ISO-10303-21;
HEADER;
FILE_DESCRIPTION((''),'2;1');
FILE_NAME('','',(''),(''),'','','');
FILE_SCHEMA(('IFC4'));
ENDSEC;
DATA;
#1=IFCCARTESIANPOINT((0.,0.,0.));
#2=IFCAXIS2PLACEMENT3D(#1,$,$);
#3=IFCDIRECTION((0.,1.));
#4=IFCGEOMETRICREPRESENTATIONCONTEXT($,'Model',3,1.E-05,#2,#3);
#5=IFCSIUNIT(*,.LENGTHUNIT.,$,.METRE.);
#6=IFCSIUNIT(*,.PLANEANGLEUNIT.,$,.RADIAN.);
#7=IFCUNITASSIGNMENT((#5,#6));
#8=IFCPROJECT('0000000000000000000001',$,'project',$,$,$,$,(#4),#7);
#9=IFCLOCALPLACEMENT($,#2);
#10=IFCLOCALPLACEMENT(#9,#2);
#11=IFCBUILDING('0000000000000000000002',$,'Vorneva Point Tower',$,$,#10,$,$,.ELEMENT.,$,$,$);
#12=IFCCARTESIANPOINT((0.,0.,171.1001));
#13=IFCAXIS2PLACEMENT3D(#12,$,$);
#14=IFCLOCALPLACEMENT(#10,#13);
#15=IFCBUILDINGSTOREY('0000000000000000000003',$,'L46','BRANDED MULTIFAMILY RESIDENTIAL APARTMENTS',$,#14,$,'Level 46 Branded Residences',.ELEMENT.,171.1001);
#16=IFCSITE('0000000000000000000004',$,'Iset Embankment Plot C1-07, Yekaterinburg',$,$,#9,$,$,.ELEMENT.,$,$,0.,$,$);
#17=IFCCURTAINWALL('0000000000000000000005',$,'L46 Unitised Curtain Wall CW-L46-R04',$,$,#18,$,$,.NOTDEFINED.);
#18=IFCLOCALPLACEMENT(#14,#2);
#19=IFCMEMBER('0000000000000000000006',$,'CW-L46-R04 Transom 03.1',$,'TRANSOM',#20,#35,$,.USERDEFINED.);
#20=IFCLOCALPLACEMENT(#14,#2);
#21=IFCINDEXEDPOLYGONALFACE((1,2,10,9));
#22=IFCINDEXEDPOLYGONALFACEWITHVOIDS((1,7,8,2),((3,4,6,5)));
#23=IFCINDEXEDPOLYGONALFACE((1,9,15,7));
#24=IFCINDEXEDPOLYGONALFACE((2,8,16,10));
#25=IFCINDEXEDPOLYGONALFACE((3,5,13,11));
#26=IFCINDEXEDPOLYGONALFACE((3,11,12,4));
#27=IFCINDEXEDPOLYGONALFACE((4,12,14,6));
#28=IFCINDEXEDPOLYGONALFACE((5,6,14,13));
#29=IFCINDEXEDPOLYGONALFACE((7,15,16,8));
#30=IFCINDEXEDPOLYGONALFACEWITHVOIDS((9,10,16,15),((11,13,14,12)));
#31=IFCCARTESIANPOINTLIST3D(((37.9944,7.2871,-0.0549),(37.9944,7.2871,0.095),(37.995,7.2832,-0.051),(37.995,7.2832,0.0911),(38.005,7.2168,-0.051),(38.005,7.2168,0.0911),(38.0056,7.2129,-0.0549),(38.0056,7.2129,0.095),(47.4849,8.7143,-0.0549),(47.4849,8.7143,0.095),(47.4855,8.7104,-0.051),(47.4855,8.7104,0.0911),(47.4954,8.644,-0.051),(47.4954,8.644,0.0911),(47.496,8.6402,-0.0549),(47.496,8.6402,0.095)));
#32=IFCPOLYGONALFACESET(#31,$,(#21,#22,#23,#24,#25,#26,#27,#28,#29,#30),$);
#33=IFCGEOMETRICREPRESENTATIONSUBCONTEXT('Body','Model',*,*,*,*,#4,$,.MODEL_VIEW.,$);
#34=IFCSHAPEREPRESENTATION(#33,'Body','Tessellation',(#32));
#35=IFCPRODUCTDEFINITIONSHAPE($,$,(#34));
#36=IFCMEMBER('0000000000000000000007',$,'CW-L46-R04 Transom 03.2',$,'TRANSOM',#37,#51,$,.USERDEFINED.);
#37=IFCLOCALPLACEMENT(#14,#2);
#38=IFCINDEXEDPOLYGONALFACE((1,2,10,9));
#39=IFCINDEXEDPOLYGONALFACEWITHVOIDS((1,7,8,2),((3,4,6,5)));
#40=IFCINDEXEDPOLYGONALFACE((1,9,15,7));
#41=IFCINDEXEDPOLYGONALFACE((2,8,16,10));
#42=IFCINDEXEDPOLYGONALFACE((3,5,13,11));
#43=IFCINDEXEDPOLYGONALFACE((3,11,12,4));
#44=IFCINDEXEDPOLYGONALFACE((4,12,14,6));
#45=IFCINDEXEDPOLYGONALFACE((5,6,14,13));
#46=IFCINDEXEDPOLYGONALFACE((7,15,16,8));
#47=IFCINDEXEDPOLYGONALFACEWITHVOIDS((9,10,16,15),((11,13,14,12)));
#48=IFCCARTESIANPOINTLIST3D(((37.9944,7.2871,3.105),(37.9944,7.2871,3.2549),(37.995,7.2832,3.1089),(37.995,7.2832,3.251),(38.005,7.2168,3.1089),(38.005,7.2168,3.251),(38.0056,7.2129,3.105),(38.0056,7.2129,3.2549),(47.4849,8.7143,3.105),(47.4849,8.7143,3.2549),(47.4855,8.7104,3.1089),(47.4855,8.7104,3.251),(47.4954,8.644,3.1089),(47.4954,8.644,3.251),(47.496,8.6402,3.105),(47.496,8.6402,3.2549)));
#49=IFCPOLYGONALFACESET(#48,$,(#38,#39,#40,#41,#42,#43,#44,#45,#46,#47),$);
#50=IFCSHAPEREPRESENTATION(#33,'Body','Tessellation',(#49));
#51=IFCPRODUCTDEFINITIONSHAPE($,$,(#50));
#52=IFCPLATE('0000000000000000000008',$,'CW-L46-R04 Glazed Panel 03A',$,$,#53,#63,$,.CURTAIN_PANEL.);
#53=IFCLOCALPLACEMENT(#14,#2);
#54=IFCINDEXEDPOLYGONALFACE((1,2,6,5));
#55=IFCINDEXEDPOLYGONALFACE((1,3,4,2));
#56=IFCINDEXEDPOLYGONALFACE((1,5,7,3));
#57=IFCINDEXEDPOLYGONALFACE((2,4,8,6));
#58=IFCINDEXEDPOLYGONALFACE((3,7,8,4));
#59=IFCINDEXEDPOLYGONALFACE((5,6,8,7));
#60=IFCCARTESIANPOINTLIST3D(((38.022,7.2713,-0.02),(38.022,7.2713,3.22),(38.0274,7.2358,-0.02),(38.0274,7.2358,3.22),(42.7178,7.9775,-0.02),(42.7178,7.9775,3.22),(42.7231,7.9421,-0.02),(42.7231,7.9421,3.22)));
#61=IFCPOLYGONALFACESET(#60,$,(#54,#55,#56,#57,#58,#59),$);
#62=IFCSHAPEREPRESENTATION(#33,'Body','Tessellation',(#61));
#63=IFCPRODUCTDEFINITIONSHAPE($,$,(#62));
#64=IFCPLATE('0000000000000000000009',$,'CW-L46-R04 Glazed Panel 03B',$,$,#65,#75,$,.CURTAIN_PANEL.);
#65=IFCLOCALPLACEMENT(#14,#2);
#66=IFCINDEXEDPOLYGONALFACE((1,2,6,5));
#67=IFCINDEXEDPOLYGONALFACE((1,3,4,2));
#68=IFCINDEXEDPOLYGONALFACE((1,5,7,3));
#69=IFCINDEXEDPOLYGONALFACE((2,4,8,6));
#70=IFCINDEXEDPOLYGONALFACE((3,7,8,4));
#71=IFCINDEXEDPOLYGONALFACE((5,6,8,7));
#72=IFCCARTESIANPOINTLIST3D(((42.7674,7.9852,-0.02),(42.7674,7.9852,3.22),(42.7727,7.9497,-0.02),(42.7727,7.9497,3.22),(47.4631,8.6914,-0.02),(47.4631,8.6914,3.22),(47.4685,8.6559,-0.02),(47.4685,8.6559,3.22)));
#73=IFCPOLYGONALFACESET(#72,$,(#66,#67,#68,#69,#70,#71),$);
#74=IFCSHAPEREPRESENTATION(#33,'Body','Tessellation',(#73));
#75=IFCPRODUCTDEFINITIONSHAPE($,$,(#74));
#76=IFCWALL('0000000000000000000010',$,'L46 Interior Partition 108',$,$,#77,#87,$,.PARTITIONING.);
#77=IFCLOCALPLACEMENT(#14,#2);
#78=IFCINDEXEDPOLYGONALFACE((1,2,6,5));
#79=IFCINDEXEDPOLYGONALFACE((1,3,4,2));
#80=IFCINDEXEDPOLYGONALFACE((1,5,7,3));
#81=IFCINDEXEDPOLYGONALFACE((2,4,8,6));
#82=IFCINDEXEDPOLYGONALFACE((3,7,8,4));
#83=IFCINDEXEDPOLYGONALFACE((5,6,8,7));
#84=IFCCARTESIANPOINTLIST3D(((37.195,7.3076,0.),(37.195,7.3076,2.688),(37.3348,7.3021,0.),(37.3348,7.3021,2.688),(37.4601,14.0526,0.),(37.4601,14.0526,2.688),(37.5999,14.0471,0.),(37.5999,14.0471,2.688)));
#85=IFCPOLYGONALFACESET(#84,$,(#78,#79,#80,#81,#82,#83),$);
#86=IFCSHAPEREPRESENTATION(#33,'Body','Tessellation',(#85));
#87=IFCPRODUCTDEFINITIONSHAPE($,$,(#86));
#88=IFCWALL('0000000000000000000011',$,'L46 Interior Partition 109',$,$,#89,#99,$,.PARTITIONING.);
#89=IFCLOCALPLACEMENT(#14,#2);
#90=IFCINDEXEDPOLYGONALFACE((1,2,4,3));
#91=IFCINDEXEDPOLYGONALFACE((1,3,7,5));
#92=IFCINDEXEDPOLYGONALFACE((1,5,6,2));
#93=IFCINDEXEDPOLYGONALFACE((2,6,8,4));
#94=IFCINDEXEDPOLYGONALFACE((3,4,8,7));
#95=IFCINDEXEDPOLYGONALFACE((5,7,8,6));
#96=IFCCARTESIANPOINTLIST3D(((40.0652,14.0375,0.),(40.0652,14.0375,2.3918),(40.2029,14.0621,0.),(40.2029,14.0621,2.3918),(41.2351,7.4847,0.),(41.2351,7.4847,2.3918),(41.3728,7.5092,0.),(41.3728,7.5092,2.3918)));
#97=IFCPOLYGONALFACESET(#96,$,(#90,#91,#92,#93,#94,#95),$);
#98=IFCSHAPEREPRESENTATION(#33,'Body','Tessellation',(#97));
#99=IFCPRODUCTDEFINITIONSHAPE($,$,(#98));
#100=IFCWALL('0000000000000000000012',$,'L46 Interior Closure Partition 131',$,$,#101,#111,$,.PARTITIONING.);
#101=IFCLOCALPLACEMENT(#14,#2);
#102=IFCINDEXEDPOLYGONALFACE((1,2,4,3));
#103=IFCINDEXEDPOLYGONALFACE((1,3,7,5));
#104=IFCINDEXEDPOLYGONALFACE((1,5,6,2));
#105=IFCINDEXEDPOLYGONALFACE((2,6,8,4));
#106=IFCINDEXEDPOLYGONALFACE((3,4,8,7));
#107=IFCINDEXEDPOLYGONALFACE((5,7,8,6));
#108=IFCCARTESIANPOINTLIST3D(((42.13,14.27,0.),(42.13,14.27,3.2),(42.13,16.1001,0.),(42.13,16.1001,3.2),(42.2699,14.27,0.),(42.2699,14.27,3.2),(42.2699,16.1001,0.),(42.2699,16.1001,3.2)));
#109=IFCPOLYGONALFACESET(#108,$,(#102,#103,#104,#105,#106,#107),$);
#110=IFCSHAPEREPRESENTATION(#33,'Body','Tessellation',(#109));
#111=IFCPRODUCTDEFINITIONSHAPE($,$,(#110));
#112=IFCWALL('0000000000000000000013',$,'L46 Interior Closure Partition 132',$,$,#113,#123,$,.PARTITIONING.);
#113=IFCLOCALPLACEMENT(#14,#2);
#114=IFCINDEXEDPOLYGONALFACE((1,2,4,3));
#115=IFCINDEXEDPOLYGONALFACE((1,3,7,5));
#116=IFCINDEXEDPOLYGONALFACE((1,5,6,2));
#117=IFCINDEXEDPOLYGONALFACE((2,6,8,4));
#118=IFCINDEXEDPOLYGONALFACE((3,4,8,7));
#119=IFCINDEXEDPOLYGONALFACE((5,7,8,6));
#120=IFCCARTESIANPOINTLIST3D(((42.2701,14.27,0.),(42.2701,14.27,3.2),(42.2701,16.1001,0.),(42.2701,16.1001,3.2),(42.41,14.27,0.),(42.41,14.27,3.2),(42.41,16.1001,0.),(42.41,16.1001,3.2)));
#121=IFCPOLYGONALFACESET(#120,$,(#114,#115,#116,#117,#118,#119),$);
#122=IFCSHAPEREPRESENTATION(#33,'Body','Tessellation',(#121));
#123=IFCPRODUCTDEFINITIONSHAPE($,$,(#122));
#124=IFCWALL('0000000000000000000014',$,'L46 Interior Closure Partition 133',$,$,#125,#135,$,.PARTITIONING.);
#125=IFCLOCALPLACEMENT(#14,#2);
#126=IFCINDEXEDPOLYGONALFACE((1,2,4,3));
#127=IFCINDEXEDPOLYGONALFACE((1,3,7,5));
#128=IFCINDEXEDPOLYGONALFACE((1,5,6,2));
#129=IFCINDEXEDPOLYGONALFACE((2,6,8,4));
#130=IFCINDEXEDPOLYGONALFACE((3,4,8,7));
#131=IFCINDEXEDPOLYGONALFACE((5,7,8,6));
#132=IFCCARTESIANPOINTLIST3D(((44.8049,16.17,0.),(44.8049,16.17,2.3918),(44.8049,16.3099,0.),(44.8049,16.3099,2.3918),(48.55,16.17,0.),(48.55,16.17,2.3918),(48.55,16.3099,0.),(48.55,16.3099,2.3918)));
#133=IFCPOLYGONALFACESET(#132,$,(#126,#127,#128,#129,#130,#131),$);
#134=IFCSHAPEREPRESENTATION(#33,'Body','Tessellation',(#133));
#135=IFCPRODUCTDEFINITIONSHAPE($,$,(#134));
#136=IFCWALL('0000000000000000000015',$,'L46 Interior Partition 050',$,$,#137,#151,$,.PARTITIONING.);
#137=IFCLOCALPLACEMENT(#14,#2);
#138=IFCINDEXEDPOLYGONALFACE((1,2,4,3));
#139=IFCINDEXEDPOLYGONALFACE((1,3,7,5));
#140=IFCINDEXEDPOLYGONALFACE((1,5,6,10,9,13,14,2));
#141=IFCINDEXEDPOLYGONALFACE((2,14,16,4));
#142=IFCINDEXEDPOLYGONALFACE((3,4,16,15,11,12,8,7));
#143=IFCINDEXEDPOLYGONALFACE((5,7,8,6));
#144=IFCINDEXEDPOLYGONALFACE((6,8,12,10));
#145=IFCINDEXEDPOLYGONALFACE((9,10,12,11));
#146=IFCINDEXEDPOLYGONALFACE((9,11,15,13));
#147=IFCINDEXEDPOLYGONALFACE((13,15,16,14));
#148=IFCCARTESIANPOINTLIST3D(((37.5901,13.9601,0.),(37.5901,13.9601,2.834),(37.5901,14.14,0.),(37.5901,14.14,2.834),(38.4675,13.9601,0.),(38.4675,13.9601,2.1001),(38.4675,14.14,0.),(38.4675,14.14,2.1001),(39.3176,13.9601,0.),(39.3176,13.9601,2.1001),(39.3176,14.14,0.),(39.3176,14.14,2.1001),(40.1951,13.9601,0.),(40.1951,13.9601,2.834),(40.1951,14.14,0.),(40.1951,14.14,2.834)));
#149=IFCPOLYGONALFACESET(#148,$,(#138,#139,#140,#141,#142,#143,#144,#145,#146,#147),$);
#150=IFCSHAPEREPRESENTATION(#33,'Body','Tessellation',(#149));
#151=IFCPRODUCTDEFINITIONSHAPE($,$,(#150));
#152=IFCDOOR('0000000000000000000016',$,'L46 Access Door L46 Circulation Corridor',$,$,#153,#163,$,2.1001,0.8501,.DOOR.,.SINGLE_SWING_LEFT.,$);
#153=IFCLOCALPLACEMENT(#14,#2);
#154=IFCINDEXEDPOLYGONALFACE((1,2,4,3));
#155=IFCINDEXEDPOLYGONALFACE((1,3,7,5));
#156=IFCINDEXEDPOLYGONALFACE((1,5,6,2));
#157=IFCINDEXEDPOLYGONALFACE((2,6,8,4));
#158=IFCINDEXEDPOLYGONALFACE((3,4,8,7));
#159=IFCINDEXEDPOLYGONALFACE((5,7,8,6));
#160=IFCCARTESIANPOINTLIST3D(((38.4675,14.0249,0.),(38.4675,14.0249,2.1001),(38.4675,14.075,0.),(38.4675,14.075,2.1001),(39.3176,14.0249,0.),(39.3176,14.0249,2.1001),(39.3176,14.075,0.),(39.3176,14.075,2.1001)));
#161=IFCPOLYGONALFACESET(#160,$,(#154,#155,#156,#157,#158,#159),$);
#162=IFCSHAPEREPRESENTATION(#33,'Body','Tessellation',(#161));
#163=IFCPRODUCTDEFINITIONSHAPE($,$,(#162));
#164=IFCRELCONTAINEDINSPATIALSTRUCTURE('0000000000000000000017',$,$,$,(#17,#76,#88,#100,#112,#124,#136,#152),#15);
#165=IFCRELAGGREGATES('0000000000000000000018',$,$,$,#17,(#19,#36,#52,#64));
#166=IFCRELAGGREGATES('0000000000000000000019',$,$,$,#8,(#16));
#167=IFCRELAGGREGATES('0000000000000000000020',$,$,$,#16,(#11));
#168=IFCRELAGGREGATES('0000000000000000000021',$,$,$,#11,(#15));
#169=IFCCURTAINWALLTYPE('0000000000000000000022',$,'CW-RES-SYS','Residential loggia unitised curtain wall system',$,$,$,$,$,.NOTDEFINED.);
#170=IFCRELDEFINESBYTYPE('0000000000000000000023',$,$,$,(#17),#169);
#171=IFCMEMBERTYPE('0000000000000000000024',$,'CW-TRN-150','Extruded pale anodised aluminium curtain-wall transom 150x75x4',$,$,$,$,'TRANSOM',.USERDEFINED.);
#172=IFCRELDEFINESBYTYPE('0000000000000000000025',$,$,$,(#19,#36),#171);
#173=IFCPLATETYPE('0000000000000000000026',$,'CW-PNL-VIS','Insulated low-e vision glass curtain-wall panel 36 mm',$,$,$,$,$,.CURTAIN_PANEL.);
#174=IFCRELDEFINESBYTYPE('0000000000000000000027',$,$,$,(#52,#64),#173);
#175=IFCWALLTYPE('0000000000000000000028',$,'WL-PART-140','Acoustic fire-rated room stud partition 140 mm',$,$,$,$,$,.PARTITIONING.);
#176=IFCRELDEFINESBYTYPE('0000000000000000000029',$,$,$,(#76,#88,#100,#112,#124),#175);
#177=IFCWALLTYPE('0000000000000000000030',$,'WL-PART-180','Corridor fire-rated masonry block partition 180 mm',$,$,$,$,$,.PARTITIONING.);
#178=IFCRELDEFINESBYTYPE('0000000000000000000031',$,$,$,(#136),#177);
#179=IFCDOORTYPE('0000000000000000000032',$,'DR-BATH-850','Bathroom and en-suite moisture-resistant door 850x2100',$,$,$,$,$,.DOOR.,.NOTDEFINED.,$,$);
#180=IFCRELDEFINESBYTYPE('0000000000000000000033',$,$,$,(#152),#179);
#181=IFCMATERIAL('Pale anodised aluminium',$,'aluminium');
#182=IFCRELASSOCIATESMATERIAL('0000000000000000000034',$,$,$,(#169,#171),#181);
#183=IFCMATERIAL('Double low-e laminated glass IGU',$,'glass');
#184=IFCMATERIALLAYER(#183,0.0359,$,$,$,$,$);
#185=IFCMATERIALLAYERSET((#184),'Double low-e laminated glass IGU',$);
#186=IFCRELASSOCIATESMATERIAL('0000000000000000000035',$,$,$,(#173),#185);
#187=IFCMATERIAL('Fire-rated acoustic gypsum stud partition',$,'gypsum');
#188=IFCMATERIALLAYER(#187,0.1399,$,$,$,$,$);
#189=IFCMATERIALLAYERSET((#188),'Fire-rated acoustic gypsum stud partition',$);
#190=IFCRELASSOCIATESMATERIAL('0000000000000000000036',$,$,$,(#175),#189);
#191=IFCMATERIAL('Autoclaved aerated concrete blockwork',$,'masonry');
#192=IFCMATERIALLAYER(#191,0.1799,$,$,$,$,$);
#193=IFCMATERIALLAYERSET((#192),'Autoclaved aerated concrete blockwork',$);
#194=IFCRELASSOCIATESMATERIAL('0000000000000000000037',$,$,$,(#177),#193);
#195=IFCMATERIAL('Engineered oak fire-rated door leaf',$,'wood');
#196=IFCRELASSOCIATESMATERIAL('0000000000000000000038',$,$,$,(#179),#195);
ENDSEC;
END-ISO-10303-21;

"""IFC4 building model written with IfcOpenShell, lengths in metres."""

from ifc_helpers import new_model, si_unit, direction, frame, frame_2d, origin, origin_2d, place, context, subcontext, project, spatial, rectangle, hollow_rectangle, extrude, material, layer, layer_set, material_profile, profile_set, type_object, element, fill, aggregate, save


model = new_model("IFC4")

# Units and contexts
model_context = context("Model", 3, precision=1e-05, world=origin(), true_north=direction((0.0, 1.0)))
body_context = subcontext(model_context, "Body", "Model", "MODEL_VIEW")
ifc_project = project(units=[si_unit("LENGTHUNIT", "METRE"), si_unit("PLANEANGLEUNIT", "RADIAN")], contexts=[model_context])

# Site, building, storey
site_placement = place(None, origin())
site = spatial("IfcSite", under=ifc_project, at=site_placement, Name="Iset Embankment Plot C1-07, Yekaterinburg", CompositionType="ELEMENT", RefElevation=0.0)
building_placement = place(site_placement, origin())
building = spatial("IfcBuilding", under=site, at=building_placement, Name="Vorneva Point Tower", CompositionType="ELEMENT")
storey_placement = place(building_placement, frame((0.0, 0.0, 171.1001)))
storey = spatial("IfcBuildingStorey", under=building, at=storey_placement, Name="L46", Description="BRANDED MULTIFAMILY RESIDENTIAL APARTMENTS", LongName="Level 46 Branded Residences", CompositionType="ELEMENT", Elevation=171.1001)

# Curtain wall, members, plates
ifc_material_1 = material(Name="Pale anodised aluminium", Category="aluminium")
curtain_wall_type = type_object("IfcCurtainWallType", Name="CW-RES-SYS", Description="Residential loggia unitised curtain wall system", PredefinedType="NOTDEFINED", material=ifc_material_1)
curtain_wall_placement = place(storey_placement, origin())
curtain_wall = element("IfcCurtainWall", 1, at=curtain_wall_placement, inside=storey, type_object=curtain_wall_type, Name="L46 Unitised Curtain Wall CW-L46-R04", PredefinedType="NOTDEFINED")
ifc_material_profile_1 = material_profile(ifc_material_1, hollow_rectangle(XDim=0.075, YDim=0.1499, WallThickness=0.0039, at=origin_2d()), Name="AL-TRN 150x75x4")
ifc_profile_set_1 = profile_set([ifc_material_profile_1], Name="Pale anodised aluminium")
member_type_1 = type_object("IfcMemberType", Name="CW-TRN-150", Description="Extruded pale anodised aluminium curtain-wall transom 150x75x4", ElementType="TRANSOM", PredefinedType="USERDEFINED", material=ifc_profile_set_1)
member_1_placement = place(storey_placement, frame((38.0, 7.25, 0.02), z_axis=(0.98888, 0.148715, 0.0), x_axis=(-0.148715, 0.98888, 0.0)))
member_1 = element("IfcMember", 2, at=member_1_placement, type_object=member_type_1, Name="CW-L46-R04 Transom 03.1", ObjectType="TRANSOM", PredefinedType="USERDEFINED", context=body_context, shape_type="SweptSolid", body=[
    extrude(hollow_rectangle(XDim=0.075, YDim=0.1499, WallThickness=0.0039, at=origin_2d()), origin(), (0.0, 0.0, 1.0), 9.5972),
])
member_2_placement = place(storey_placement, frame((38.0, 7.25, 3.1799), z_axis=(0.98888, 0.148715, 0.0), x_axis=(-0.148715, 0.98888, 0.0)))
member_2 = element("IfcMember", 3, at=member_2_placement, type_object=member_type_1, Name="CW-L46-R04 Transom 03.2", ObjectType="TRANSOM", PredefinedType="USERDEFINED", context=body_context, shape_type="SweptSolid", body=[
    extrude(hollow_rectangle(XDim=0.075, YDim=0.1499, WallThickness=0.0039, at=origin_2d()), origin(), (0.0, 0.0, 1.0), 9.5972),
])
ifc_material_2 = material(Name="Double low-e laminated glass IGU", Category="glass")
ifc_layer_1 = layer(ifc_material_2, 0.0359)
ifc_layer_set_1 = layer_set([ifc_layer_1], Name="Double low-e laminated glass IGU")
plate_type = type_object("IfcPlateType", Name="CW-PNL-VIS", Description="Insulated low-e vision glass curtain-wall panel 36 mm", PredefinedType="CURTAIN_PANEL", material=ifc_layer_set_1)
plate_1_placement = place(storey_placement, frame((40.3726, 7.6067, -0.02), z_axis=(0.0, 0.0, 1.0), x_axis=(0.988879, 0.148724, 0.0)))
plate_1 = element("IfcPlate", 4, at=plate_1_placement, type_object=plate_type, Name="CW-L46-R04 Glazed Panel 03A", PredefinedType="CURTAIN_PANEL", context=body_context, shape_type="SweptSolid", body=[
    extrude(rectangle(XDim=4.7485, YDim=0.0359, at=origin_2d()), origin(), (0.0, 0.0, 1.0), 3.24),
])
plate_2_placement = place(storey_placement, frame((45.1179, 8.3206, -0.02), z_axis=(0.0, 0.0, 1.0), x_axis=(0.988879, 0.148724, 0.0)))
plate_2 = element("IfcPlate", 5, at=plate_2_placement, type_object=plate_type, Name="CW-L46-R04 Glazed Panel 03B", PredefinedType="CURTAIN_PANEL", context=body_context, shape_type="SweptSolid", body=[
    extrude(rectangle(XDim=4.7485, YDim=0.0359, at=origin_2d()), origin(), (0.0, 0.0, 1.0), 3.24),
])
aggregate(curtain_wall, [member_1, member_2, plate_1, plate_2])

# Walls
ifc_material_3 = material(Name="Fire-rated acoustic gypsum stud partition", Category="gypsum")
ifc_layer_2 = layer(ifc_material_3, 0.1399)
ifc_layer_set_2 = layer_set([ifc_layer_2], Name="Fire-rated acoustic gypsum stud partition")
wall_type_1 = type_object("IfcWallType", Name="WL-PART-140", Description="Acoustic fire-rated room stud partition 140 mm", PredefinedType="PARTITIONING", material=ifc_layer_set_2)
wall_1_placement = place(storey_placement, frame((37.2649, 7.3049, 0.0), z_axis=(0.0, 0.0, 1.0), x_axis=(0.039278, 0.999228, 0.0)))
element("IfcWall", 6, at=wall_1_placement, inside=storey, type_object=wall_type_1, Name="L46 Interior Partition 108", PredefinedType="PARTITIONING", context=body_context, shape_type="SweptSolid", body=[
    extrude(rectangle(XDim=6.7502, YDim=0.1399, at=frame_2d((3.375, 0.0))), origin(), (0.0, 0.0, 1.0), 2.688),
])
wall_2_placement = place(storey_placement, frame((41.304, 7.4971, 0.0), z_axis=(0.0, 0.0, 1.0), x_axis=(-0.175754, 0.984434, 0.0)))
element("IfcWall", 7, at=wall_2_placement, inside=storey, type_object=wall_type_1, Name="L46 Interior Partition 109", PredefinedType="PARTITIONING", context=body_context, shape_type="SweptSolid", body=[
    extrude(rectangle(XDim=6.6565, YDim=0.1399, at=frame_2d((3.3281, 0.0))), origin(), (0.0, 0.0, 1.0), 2.3918),
])
for number, where, z_axis, x_axis, name in (
    (8, (42.2, 16.1001, 0.0), (0.0, 0.0, 1.0), (0.0, -1.0, 0.0), "L46 Interior Closure Partition 131"),
    (9, (42.3401, 14.27, 0.0), (0.0, 0.0, 1.0), (0.0, 1.0, 0.0), "L46 Interior Closure Partition 132"),
):
    element("IfcWall", number, at=place(storey_placement, frame(where, z_axis=z_axis, x_axis=x_axis)), inside=storey, type_object=wall_type_1, Name=name, PredefinedType="PARTITIONING", context=body_context, shape_type="SweptSolid", body=[
        extrude(rectangle(XDim=1.8301, YDim=0.1399, at=frame_2d((0.915, 0.0))), origin(), (0.0, 0.0, 1.0), 3.2),
    ])
wall_3_placement = place(storey_placement, frame((44.8049, 16.24, 0.0), z_axis=(0.0, 0.0, 1.0), x_axis=(1.0, 0.0, 0.0)))
element("IfcWall", 10, at=wall_3_placement, inside=storey, type_object=wall_type_1, Name="L46 Interior Closure Partition 133", PredefinedType="PARTITIONING", context=body_context, shape_type="SweptSolid", body=[
    extrude(rectangle(XDim=3.7451, YDim=0.1399, at=frame_2d((1.8726, 0.0))), origin(), (0.0, 0.0, 1.0), 2.3918),
])

# Wall, opening, door
ifc_material_4 = material(Name="Autoclaved aerated concrete blockwork", Category="masonry")
ifc_layer_3 = layer(ifc_material_4, 0.1799)
ifc_layer_set_3 = layer_set([ifc_layer_3], Name="Autoclaved aerated concrete blockwork")
wall_type_2 = type_object("IfcWallType", Name="WL-PART-180", Description="Corridor fire-rated masonry block partition 180 mm", PredefinedType="PARTITIONING", material=ifc_layer_set_3)
wall_4_placement = place(storey_placement, frame((37.5901, 14.05, 0.0), z_axis=(0.0, 0.0, 1.0), x_axis=(1.0, 0.0, 0.0)))
wall_4 = element("IfcWall", 11, at=wall_4_placement, inside=storey, type_object=wall_type_2, Name="L46 Interior Partition 050", PredefinedType="PARTITIONING", context=body_context, shape_type="SweptSolid", body=[
    extrude(rectangle(XDim=2.605, YDim=0.1799, at=frame_2d((1.3025, 0.0))), origin(), (0.0, 0.0, 1.0), 2.834),
])
opening_1_placement = place(wall_4_placement, frame((0.8774, 0.0, 0.0)))
opening_1 = element("IfcOpeningElement", 12, at=opening_1_placement, cuts=wall_4, PredefinedType="OPENING", context=body_context, shape_type="SweptSolid", body=[
    extrude(rectangle(XDim=0.8501, YDim=2.1001, at=frame_2d((0.425, 1.05))), frame((0.0, 0.105, 0.0), z_axis=(0.0, -1.0, 0.0), x_axis=(1.0, 0.0, 0.0)), (0.0, 0.0, 1.0), 0.2097),
])
ifc_material_5 = material(Name="Engineered oak fire-rated door leaf", Category="wood")
door_type_1 = type_object("IfcDoorType", Name="DR-BATH-850", Description="Bathroom and en-suite moisture-resistant door 850x2100", OperationType="NOTDEFINED", PredefinedType="DOOR", material=ifc_material_5)
door_1_placement = place(opening_1_placement, origin())
door_1 = element("IfcDoor", 13, at=door_1_placement, inside=storey, type_object=door_type_1, Name="L46 Access Door L46 Circulation Corridor", OperationType="SINGLE_SWING_LEFT", OverallHeight=2.1001, OverallWidth=0.8501, PredefinedType="DOOR", context=body_context, shape_type="SweptSolid", body=[
    extrude(rectangle(XDim=0.8501, YDim=2.1001, at=frame_2d((0.425, 1.05))), frame((0.0, 0.0249, 0.0), z_axis=(0.0, -1.0, 0.0), x_axis=(1.0, 0.0, 0.0)), (0.0, 0.0, 1.0), 0.05),
])
fill(opening_1, door_1)

save(model, "model.ifc")
